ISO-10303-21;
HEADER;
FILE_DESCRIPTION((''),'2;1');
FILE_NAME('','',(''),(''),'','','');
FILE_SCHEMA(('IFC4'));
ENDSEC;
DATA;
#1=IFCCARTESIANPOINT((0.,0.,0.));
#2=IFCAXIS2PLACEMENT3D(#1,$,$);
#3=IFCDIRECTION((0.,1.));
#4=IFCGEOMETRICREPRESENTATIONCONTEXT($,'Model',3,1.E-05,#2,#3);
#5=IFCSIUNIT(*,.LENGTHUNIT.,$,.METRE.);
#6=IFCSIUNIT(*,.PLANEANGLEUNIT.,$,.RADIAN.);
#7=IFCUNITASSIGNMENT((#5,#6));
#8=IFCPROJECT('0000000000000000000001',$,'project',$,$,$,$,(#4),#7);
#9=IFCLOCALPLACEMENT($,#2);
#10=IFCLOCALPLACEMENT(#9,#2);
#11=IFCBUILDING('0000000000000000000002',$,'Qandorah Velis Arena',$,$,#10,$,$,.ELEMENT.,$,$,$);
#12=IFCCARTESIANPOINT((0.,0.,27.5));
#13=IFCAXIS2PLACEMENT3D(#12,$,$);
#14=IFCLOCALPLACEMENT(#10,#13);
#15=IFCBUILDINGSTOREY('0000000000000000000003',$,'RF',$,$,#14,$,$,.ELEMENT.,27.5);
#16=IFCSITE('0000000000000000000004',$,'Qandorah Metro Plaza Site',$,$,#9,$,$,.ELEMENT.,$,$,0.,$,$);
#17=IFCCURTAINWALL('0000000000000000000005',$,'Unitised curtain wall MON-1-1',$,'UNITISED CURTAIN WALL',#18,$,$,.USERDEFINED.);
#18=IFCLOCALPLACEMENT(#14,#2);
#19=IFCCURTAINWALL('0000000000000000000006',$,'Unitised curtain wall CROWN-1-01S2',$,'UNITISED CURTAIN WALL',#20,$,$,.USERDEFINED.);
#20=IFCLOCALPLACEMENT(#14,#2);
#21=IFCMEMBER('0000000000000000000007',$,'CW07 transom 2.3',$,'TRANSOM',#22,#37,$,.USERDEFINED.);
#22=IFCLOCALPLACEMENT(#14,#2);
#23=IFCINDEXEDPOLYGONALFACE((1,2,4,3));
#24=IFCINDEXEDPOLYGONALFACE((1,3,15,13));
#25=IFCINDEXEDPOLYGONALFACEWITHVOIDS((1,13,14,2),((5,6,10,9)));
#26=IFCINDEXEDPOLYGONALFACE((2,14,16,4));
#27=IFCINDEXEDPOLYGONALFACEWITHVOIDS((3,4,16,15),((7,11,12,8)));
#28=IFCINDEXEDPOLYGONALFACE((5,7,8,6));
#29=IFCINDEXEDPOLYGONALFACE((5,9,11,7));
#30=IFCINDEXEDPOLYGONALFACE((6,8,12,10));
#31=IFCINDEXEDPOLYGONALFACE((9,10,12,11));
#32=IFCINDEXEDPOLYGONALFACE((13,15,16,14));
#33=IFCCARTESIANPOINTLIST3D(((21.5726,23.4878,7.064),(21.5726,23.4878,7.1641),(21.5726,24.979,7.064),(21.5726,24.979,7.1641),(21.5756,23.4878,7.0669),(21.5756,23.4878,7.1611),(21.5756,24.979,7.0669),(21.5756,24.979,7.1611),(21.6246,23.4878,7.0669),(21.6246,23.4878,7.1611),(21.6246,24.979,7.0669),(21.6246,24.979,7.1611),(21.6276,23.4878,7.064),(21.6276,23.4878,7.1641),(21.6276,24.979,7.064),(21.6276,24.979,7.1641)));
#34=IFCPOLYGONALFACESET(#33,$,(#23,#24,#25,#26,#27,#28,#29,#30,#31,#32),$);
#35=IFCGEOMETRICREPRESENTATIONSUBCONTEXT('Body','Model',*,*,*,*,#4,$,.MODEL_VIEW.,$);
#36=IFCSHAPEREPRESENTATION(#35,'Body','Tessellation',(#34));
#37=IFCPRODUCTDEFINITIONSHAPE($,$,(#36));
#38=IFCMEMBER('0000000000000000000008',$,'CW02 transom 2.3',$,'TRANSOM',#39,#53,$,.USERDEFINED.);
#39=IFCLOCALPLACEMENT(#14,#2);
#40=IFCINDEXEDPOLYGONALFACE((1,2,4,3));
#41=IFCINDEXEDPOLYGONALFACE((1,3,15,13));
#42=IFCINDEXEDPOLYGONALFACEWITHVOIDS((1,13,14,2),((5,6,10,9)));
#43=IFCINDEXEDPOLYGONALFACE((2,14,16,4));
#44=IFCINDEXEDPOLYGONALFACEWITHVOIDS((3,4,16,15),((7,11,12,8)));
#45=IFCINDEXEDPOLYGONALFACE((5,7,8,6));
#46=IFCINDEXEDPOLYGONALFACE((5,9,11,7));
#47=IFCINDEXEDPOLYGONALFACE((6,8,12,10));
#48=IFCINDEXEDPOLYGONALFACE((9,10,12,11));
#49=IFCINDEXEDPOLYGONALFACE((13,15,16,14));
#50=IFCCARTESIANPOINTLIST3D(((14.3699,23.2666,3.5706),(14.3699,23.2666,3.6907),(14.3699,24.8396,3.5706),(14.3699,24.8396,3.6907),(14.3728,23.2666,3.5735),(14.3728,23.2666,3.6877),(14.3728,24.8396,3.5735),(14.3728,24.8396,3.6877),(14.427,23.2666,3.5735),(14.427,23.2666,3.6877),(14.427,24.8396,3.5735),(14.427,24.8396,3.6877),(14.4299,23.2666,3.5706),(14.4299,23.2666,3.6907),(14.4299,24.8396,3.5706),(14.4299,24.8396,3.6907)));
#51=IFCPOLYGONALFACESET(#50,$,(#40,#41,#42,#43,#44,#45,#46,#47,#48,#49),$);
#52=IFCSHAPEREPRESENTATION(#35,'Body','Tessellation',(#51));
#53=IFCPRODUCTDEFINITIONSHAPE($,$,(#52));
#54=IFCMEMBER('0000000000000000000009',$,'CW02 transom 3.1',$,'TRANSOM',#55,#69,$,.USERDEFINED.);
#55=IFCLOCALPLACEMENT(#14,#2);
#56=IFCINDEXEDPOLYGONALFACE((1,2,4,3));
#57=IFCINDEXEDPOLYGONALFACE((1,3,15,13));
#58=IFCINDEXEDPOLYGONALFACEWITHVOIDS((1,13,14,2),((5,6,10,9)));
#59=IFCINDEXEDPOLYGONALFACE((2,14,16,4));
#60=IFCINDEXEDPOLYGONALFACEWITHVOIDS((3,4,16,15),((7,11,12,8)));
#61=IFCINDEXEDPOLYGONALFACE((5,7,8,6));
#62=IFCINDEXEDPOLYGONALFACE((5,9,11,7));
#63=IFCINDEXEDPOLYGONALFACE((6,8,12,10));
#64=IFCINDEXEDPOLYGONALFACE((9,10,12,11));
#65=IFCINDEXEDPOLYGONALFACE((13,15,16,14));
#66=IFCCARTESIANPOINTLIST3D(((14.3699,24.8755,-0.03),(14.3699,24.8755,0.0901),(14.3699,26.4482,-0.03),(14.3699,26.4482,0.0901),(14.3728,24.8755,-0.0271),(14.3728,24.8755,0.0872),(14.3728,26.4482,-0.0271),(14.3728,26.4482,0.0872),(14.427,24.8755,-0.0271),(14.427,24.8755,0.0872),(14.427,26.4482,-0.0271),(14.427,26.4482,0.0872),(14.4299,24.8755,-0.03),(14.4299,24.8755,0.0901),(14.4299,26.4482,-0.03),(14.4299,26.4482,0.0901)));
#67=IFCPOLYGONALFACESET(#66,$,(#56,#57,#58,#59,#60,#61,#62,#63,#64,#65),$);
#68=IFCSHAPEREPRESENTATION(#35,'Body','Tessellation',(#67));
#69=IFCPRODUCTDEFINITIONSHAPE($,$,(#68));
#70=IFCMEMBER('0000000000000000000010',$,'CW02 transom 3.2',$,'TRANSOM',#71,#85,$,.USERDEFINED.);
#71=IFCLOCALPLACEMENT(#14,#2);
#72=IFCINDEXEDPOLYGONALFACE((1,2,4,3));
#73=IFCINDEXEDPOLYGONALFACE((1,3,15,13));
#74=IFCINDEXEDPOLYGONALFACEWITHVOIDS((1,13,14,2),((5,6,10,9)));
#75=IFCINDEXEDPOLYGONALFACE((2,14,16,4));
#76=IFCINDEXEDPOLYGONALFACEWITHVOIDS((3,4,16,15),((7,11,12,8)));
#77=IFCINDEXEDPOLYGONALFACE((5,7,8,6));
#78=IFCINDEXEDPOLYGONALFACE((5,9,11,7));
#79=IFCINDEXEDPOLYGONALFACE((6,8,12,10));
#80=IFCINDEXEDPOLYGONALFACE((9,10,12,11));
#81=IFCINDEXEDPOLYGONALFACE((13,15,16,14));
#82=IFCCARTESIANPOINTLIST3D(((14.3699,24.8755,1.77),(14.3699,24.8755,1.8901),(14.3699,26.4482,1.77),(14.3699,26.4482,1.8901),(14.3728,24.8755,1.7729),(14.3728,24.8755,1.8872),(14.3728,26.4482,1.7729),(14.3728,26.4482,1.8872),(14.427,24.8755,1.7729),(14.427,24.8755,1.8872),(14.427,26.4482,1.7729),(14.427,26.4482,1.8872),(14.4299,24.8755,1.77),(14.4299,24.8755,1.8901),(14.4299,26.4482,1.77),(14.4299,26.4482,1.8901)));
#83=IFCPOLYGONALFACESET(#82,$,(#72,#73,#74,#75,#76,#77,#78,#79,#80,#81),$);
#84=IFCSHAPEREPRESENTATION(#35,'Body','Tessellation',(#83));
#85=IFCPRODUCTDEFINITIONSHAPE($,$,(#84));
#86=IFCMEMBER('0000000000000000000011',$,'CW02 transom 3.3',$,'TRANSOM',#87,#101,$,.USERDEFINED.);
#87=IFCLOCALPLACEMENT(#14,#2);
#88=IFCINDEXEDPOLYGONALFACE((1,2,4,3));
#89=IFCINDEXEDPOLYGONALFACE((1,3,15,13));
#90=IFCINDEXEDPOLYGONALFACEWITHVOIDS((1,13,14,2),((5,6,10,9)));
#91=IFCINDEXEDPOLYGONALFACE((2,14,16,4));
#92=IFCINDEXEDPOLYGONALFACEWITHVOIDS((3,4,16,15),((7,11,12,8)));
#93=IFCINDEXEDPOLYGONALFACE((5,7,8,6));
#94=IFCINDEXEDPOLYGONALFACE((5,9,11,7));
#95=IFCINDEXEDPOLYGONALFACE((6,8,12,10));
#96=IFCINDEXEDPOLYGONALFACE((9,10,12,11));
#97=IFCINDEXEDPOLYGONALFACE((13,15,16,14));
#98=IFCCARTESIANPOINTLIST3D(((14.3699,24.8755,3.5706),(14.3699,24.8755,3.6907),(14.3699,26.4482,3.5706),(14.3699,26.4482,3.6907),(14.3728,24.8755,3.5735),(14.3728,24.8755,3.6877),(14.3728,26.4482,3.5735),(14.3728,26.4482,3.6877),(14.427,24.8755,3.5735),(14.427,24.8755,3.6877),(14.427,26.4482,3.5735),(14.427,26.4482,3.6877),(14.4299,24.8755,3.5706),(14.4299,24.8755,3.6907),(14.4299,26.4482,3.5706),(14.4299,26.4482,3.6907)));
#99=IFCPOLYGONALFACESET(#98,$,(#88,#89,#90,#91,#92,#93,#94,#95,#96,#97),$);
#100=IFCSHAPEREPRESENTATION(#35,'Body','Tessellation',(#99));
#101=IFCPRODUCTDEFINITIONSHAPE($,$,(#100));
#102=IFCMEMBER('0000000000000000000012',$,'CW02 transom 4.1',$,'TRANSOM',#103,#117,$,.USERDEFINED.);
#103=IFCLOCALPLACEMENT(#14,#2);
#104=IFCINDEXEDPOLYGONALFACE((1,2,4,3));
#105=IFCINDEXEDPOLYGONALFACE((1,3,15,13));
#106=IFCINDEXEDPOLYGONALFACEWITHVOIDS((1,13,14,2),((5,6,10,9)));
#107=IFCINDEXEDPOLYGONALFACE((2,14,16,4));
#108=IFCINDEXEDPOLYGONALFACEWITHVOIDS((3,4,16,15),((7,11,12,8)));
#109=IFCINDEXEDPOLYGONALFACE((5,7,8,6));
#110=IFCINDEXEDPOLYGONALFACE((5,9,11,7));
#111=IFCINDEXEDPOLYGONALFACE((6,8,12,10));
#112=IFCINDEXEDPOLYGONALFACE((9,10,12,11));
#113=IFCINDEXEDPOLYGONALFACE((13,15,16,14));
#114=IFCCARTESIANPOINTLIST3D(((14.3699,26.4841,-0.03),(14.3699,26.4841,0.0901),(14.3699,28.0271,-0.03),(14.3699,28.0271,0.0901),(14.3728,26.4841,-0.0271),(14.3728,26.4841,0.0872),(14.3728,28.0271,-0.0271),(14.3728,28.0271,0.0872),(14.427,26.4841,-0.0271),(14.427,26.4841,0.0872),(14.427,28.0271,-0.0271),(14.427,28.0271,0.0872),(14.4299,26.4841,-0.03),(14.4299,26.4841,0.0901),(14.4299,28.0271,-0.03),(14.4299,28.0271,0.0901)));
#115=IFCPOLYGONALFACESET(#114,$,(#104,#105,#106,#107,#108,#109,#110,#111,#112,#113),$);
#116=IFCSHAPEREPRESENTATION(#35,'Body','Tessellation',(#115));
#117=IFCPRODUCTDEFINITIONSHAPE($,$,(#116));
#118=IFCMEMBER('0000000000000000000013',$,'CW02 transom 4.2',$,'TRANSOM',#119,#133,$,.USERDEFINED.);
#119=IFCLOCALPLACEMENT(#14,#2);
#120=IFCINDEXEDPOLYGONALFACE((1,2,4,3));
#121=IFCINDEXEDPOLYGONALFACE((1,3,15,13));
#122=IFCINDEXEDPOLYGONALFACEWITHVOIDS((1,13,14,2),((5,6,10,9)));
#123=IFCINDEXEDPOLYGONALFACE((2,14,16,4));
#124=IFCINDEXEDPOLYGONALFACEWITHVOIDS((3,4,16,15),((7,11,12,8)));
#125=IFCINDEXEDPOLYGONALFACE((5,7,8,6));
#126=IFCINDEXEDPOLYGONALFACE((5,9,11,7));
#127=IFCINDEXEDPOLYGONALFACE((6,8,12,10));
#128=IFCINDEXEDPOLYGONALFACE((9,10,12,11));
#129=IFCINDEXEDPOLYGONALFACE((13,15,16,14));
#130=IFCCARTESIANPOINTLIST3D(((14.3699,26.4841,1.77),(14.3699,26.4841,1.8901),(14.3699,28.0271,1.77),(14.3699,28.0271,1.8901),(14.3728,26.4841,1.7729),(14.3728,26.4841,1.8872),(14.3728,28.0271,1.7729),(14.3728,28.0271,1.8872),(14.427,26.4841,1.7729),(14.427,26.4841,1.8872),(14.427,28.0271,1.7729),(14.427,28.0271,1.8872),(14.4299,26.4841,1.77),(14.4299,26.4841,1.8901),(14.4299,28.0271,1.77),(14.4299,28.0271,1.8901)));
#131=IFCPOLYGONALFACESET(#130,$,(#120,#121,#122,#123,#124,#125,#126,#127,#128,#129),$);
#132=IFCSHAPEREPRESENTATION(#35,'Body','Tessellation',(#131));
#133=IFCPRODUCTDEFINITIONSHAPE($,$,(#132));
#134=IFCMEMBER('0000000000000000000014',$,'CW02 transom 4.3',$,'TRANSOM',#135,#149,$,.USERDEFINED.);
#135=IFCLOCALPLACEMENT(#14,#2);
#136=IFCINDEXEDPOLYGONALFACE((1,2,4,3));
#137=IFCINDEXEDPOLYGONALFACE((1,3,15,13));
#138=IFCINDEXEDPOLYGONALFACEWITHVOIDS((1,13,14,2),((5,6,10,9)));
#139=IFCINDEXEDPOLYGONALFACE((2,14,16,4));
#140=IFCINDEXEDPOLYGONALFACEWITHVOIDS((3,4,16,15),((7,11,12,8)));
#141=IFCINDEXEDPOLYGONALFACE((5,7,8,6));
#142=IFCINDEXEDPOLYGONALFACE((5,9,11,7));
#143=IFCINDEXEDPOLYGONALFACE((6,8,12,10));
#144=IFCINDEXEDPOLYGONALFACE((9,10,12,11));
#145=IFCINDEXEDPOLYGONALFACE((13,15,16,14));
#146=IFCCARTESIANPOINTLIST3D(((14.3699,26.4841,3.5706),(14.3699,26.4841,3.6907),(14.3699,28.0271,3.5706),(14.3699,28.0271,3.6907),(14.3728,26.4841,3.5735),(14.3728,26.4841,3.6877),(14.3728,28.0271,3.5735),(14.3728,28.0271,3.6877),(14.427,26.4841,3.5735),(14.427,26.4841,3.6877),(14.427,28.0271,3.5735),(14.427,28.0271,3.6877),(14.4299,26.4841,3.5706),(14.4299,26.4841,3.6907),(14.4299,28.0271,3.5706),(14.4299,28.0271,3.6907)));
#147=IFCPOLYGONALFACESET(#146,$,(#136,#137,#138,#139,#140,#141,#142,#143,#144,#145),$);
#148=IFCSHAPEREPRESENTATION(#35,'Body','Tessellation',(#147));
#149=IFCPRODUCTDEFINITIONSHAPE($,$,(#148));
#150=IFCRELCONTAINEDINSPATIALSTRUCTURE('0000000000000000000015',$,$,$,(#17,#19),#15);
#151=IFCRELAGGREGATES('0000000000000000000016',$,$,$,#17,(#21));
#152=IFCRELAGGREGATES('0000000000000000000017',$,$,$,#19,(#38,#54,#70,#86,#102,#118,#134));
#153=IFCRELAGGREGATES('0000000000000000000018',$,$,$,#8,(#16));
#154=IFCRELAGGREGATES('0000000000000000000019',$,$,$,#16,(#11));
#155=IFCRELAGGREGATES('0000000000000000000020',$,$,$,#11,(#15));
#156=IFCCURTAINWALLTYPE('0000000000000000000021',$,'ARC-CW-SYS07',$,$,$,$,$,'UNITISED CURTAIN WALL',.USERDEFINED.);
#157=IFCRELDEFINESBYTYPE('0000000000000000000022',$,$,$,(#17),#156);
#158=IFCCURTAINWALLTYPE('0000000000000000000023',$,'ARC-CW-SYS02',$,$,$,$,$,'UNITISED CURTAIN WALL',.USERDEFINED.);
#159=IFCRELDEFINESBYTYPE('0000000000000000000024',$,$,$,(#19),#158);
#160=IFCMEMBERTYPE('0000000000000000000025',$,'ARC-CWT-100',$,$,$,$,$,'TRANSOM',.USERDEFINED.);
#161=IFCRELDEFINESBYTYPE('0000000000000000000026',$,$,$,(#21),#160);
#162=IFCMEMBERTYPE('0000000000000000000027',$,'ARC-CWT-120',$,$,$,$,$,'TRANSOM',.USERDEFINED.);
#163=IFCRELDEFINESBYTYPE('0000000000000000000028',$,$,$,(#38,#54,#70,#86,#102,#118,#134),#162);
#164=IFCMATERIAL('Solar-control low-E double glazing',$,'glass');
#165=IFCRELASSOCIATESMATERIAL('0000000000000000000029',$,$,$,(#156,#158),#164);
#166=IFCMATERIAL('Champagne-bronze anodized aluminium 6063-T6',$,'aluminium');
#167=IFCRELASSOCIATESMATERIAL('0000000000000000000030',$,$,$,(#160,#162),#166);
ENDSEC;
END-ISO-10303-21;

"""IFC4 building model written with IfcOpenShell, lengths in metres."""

from ifc_helpers import new_model, si_unit, direction, frame, origin, origin_2d, place, context, subcontext, project, spatial, hollow_rectangle, extrude, material, material_profile, profile_set, type_object, element, aggregate, save


model = new_model("IFC4")

# Units and contexts
model_context = context("Model", 3, precision=1e-05, world=origin(), true_north=direction((0.0, 1.0)))
body_context = subcontext(model_context, "Body", "Model", "MODEL_VIEW")
ifc_project = project(units=[si_unit("LENGTHUNIT", "METRE"), si_unit("PLANEANGLEUNIT", "RADIAN")], contexts=[model_context])

# Site, building, storey
site_placement = place(None, origin())
site = spatial("IfcSite", under=ifc_project, at=site_placement, Name="Qandorah Metro Plaza Site", CompositionType="ELEMENT", RefElevation=0.0)
building_placement = place(site_placement, origin())
building = spatial("IfcBuilding", under=site, at=building_placement, Name="Qandorah Velis Arena", CompositionType="ELEMENT")
storey_placement = place(building_placement, frame((0.0, 0.0, 27.5)))
storey = spatial("IfcBuildingStorey", under=building, at=storey_placement, Name="RF", CompositionType="ELEMENT", Elevation=27.5)

# Curtain walls
ifc_material_1 = material(Name="Solar-control low-E double glazing", Category="glass")
curtain_wall_type_1 = type_object("IfcCurtainWallType", Name="ARC-CW-SYS07", ElementType="UNITISED CURTAIN WALL", PredefinedType="USERDEFINED", material=ifc_material_1)
curtain_wall_1_placement = place(storey_placement, origin())
curtain_wall_1 = element("IfcCurtainWall", 1, at=curtain_wall_1_placement, inside=storey, type_object=curtain_wall_type_1, Name="Unitised curtain wall MON-1-1", ObjectType="UNITISED CURTAIN WALL", PredefinedType="USERDEFINED")
ifc_material_2 = material(Name="Champagne-bronze anodized aluminium 6063-T6", Category="aluminium")
curtain_wall_type_2 = type_object("IfcCurtainWallType", Name="ARC-CW-SYS02", ElementType="UNITISED CURTAIN WALL", PredefinedType="USERDEFINED", material=ifc_material_1)
curtain_wall_2_placement = place(storey_placement, origin())
curtain_wall_2 = element("IfcCurtainWall", 2, at=curtain_wall_2_placement, inside=storey, type_object=curtain_wall_type_2, Name="Unitised curtain wall CROWN-1-01S2", ObjectType="UNITISED CURTAIN WALL", PredefinedType="USERDEFINED")

# Members
ifc_material_profile_1 = material_profile(ifc_material_2, hollow_rectangle(XDim=0.0549, YDim=0.1001, WallThickness=0.0029, at=origin_2d()), Name="ALU TRANSOM 55x100")
ifc_profile_set_1 = profile_set([ifc_material_profile_1], Name="Champagne-bronze anodized aluminium 6063-T6")
member_type_1 = type_object("IfcMemberType", Name="ARC-CWT-100", ElementType="TRANSOM", PredefinedType="USERDEFINED", material=ifc_profile_set_1)
member_1_placement = place(storey_placement, frame((21.6001, 23.4878, 7.114), z_axis=(0.0, 1.0, 0.0), x_axis=(-1.0, 0.0, 0.0)))
member_1 = element("IfcMember", 3, at=member_1_placement, type_object=member_type_1, Name="CW07 transom 2.3", ObjectType="TRANSOM", PredefinedType="USERDEFINED", context=body_context, shape_type="SweptSolid", body=[
    extrude(hollow_rectangle(XDim=0.0549, YDim=0.1001, WallThickness=0.0029, at=origin_2d()), origin(), (0.0, 0.0, 1.0), 1.4912),
])
ifc_material_profile_2 = material_profile(ifc_material_2, hollow_rectangle(XDim=0.0601, YDim=0.1201, WallThickness=0.0029, at=origin_2d()), Name="ALU TRANSOM 60x120")
ifc_profile_set_2 = profile_set([ifc_material_profile_2], Name="Champagne-bronze anodized aluminium 6063-T6")
member_type_2 = type_object("IfcMemberType", Name="ARC-CWT-120", ElementType="TRANSOM", PredefinedType="USERDEFINED", material=ifc_profile_set_2)
member_2_placement = place(storey_placement, frame((14.3999, 23.2666, 3.6306), z_axis=(0.0, 1.0, 0.0), x_axis=(-1.0, 0.0, 0.0)))
member_2 = element("IfcMember", 4, at=member_2_placement, type_object=member_type_2, Name="CW02 transom 2.3", ObjectType="TRANSOM", PredefinedType="USERDEFINED", context=body_context, shape_type="SweptSolid", body=[
    extrude(hollow_rectangle(XDim=0.0601, YDim=0.1201, WallThickness=0.0029, at=origin_2d()), origin(), (0.0, 0.0, 1.0), 1.573),
])
member_3_placement = place(storey_placement, frame((14.3999, 24.8755, 0.03), z_axis=(0.0, 1.0, 0.0), x_axis=(-1.0, 0.0, 0.0)))
member_3 = element("IfcMember", 5, at=member_3_placement, type_object=member_type_2, Name="CW02 transom 3.1", ObjectType="TRANSOM", PredefinedType="USERDEFINED", context=body_context, shape_type="SweptSolid", body=[
    extrude(hollow_rectangle(XDim=0.0601, YDim=0.1201, WallThickness=0.0029, at=origin_2d()), origin(), (0.0, 0.0, 1.0), 1.5728),
])
member_4_placement = place(storey_placement, frame((14.3999, 24.8755, 1.8301), z_axis=(0.0, 1.0, 0.0), x_axis=(-1.0, 0.0, 0.0)))
member_4 = element("IfcMember", 6, at=member_4_placement, type_object=member_type_2, Name="CW02 transom 3.2", ObjectType="TRANSOM", PredefinedType="USERDEFINED", context=body_context, shape_type="SweptSolid", body=[
    extrude(hollow_rectangle(XDim=0.0601, YDim=0.1201, WallThickness=0.0029, at=origin_2d()), origin(), (0.0, 0.0, 1.0), 1.5728),
])
member_5_placement = place(storey_placement, frame((14.3999, 24.8755, 3.6306), z_axis=(0.0, 1.0, 0.0), x_axis=(-1.0, 0.0, 0.0)))
member_5 = element("IfcMember", 7, at=member_5_placement, type_object=member_type_2, Name="CW02 transom 3.3", ObjectType="TRANSOM", PredefinedType="USERDEFINED", context=body_context, shape_type="SweptSolid", body=[
    extrude(hollow_rectangle(XDim=0.0601, YDim=0.1201, WallThickness=0.0029, at=origin_2d()), origin(), (0.0, 0.0, 1.0), 1.5728),
])
member_6_placement = place(storey_placement, frame((14.3999, 26.4841, 0.03), z_axis=(0.0, 1.0, 0.0), x_axis=(-1.0, 0.0, 0.0)))
member_6 = element("IfcMember", 8, at=member_6_placement, type_object=member_type_2, Name="CW02 transom 4.1", ObjectType="TRANSOM", PredefinedType="USERDEFINED", context=body_context, shape_type="SweptSolid", body=[
    extrude(hollow_rectangle(XDim=0.0601, YDim=0.1201, WallThickness=0.0029, at=origin_2d()), origin(), (0.0, 0.0, 1.0), 1.543),
])
member_7_placement = place(storey_placement, frame((14.3999, 26.4841, 1.8301), z_axis=(0.0, 1.0, 0.0), x_axis=(-1.0, 0.0, 0.0)))
member_7 = element("IfcMember", 9, at=member_7_placement, type_object=member_type_2, Name="CW02 transom 4.2", ObjectType="TRANSOM", PredefinedType="USERDEFINED", context=body_context, shape_type="SweptSolid", body=[
    extrude(hollow_rectangle(XDim=0.0601, YDim=0.1201, WallThickness=0.0029, at=origin_2d()), origin(), (0.0, 0.0, 1.0), 1.543),
])
member_8_placement = place(storey_placement, frame((14.3999, 26.4841, 3.6306), z_axis=(0.0, 1.0, 0.0), x_axis=(-1.0, 0.0, 0.0)))
member_8 = element("IfcMember", 10, at=member_8_placement, type_object=member_type_2, Name="CW02 transom 4.3", ObjectType="TRANSOM", PredefinedType="USERDEFINED", context=body_context, shape_type="SweptSolid", body=[
    extrude(hollow_rectangle(XDim=0.0601, YDim=0.1201, WallThickness=0.0029, at=origin_2d()), origin(), (0.0, 0.0, 1.0), 1.543),
])

aggregate(curtain_wall_1, [member_1])
aggregate(curtain_wall_2, [member_2, member_3, member_4, member_5, member_6, member_7, member_8])

save(model, "model.ifc")
